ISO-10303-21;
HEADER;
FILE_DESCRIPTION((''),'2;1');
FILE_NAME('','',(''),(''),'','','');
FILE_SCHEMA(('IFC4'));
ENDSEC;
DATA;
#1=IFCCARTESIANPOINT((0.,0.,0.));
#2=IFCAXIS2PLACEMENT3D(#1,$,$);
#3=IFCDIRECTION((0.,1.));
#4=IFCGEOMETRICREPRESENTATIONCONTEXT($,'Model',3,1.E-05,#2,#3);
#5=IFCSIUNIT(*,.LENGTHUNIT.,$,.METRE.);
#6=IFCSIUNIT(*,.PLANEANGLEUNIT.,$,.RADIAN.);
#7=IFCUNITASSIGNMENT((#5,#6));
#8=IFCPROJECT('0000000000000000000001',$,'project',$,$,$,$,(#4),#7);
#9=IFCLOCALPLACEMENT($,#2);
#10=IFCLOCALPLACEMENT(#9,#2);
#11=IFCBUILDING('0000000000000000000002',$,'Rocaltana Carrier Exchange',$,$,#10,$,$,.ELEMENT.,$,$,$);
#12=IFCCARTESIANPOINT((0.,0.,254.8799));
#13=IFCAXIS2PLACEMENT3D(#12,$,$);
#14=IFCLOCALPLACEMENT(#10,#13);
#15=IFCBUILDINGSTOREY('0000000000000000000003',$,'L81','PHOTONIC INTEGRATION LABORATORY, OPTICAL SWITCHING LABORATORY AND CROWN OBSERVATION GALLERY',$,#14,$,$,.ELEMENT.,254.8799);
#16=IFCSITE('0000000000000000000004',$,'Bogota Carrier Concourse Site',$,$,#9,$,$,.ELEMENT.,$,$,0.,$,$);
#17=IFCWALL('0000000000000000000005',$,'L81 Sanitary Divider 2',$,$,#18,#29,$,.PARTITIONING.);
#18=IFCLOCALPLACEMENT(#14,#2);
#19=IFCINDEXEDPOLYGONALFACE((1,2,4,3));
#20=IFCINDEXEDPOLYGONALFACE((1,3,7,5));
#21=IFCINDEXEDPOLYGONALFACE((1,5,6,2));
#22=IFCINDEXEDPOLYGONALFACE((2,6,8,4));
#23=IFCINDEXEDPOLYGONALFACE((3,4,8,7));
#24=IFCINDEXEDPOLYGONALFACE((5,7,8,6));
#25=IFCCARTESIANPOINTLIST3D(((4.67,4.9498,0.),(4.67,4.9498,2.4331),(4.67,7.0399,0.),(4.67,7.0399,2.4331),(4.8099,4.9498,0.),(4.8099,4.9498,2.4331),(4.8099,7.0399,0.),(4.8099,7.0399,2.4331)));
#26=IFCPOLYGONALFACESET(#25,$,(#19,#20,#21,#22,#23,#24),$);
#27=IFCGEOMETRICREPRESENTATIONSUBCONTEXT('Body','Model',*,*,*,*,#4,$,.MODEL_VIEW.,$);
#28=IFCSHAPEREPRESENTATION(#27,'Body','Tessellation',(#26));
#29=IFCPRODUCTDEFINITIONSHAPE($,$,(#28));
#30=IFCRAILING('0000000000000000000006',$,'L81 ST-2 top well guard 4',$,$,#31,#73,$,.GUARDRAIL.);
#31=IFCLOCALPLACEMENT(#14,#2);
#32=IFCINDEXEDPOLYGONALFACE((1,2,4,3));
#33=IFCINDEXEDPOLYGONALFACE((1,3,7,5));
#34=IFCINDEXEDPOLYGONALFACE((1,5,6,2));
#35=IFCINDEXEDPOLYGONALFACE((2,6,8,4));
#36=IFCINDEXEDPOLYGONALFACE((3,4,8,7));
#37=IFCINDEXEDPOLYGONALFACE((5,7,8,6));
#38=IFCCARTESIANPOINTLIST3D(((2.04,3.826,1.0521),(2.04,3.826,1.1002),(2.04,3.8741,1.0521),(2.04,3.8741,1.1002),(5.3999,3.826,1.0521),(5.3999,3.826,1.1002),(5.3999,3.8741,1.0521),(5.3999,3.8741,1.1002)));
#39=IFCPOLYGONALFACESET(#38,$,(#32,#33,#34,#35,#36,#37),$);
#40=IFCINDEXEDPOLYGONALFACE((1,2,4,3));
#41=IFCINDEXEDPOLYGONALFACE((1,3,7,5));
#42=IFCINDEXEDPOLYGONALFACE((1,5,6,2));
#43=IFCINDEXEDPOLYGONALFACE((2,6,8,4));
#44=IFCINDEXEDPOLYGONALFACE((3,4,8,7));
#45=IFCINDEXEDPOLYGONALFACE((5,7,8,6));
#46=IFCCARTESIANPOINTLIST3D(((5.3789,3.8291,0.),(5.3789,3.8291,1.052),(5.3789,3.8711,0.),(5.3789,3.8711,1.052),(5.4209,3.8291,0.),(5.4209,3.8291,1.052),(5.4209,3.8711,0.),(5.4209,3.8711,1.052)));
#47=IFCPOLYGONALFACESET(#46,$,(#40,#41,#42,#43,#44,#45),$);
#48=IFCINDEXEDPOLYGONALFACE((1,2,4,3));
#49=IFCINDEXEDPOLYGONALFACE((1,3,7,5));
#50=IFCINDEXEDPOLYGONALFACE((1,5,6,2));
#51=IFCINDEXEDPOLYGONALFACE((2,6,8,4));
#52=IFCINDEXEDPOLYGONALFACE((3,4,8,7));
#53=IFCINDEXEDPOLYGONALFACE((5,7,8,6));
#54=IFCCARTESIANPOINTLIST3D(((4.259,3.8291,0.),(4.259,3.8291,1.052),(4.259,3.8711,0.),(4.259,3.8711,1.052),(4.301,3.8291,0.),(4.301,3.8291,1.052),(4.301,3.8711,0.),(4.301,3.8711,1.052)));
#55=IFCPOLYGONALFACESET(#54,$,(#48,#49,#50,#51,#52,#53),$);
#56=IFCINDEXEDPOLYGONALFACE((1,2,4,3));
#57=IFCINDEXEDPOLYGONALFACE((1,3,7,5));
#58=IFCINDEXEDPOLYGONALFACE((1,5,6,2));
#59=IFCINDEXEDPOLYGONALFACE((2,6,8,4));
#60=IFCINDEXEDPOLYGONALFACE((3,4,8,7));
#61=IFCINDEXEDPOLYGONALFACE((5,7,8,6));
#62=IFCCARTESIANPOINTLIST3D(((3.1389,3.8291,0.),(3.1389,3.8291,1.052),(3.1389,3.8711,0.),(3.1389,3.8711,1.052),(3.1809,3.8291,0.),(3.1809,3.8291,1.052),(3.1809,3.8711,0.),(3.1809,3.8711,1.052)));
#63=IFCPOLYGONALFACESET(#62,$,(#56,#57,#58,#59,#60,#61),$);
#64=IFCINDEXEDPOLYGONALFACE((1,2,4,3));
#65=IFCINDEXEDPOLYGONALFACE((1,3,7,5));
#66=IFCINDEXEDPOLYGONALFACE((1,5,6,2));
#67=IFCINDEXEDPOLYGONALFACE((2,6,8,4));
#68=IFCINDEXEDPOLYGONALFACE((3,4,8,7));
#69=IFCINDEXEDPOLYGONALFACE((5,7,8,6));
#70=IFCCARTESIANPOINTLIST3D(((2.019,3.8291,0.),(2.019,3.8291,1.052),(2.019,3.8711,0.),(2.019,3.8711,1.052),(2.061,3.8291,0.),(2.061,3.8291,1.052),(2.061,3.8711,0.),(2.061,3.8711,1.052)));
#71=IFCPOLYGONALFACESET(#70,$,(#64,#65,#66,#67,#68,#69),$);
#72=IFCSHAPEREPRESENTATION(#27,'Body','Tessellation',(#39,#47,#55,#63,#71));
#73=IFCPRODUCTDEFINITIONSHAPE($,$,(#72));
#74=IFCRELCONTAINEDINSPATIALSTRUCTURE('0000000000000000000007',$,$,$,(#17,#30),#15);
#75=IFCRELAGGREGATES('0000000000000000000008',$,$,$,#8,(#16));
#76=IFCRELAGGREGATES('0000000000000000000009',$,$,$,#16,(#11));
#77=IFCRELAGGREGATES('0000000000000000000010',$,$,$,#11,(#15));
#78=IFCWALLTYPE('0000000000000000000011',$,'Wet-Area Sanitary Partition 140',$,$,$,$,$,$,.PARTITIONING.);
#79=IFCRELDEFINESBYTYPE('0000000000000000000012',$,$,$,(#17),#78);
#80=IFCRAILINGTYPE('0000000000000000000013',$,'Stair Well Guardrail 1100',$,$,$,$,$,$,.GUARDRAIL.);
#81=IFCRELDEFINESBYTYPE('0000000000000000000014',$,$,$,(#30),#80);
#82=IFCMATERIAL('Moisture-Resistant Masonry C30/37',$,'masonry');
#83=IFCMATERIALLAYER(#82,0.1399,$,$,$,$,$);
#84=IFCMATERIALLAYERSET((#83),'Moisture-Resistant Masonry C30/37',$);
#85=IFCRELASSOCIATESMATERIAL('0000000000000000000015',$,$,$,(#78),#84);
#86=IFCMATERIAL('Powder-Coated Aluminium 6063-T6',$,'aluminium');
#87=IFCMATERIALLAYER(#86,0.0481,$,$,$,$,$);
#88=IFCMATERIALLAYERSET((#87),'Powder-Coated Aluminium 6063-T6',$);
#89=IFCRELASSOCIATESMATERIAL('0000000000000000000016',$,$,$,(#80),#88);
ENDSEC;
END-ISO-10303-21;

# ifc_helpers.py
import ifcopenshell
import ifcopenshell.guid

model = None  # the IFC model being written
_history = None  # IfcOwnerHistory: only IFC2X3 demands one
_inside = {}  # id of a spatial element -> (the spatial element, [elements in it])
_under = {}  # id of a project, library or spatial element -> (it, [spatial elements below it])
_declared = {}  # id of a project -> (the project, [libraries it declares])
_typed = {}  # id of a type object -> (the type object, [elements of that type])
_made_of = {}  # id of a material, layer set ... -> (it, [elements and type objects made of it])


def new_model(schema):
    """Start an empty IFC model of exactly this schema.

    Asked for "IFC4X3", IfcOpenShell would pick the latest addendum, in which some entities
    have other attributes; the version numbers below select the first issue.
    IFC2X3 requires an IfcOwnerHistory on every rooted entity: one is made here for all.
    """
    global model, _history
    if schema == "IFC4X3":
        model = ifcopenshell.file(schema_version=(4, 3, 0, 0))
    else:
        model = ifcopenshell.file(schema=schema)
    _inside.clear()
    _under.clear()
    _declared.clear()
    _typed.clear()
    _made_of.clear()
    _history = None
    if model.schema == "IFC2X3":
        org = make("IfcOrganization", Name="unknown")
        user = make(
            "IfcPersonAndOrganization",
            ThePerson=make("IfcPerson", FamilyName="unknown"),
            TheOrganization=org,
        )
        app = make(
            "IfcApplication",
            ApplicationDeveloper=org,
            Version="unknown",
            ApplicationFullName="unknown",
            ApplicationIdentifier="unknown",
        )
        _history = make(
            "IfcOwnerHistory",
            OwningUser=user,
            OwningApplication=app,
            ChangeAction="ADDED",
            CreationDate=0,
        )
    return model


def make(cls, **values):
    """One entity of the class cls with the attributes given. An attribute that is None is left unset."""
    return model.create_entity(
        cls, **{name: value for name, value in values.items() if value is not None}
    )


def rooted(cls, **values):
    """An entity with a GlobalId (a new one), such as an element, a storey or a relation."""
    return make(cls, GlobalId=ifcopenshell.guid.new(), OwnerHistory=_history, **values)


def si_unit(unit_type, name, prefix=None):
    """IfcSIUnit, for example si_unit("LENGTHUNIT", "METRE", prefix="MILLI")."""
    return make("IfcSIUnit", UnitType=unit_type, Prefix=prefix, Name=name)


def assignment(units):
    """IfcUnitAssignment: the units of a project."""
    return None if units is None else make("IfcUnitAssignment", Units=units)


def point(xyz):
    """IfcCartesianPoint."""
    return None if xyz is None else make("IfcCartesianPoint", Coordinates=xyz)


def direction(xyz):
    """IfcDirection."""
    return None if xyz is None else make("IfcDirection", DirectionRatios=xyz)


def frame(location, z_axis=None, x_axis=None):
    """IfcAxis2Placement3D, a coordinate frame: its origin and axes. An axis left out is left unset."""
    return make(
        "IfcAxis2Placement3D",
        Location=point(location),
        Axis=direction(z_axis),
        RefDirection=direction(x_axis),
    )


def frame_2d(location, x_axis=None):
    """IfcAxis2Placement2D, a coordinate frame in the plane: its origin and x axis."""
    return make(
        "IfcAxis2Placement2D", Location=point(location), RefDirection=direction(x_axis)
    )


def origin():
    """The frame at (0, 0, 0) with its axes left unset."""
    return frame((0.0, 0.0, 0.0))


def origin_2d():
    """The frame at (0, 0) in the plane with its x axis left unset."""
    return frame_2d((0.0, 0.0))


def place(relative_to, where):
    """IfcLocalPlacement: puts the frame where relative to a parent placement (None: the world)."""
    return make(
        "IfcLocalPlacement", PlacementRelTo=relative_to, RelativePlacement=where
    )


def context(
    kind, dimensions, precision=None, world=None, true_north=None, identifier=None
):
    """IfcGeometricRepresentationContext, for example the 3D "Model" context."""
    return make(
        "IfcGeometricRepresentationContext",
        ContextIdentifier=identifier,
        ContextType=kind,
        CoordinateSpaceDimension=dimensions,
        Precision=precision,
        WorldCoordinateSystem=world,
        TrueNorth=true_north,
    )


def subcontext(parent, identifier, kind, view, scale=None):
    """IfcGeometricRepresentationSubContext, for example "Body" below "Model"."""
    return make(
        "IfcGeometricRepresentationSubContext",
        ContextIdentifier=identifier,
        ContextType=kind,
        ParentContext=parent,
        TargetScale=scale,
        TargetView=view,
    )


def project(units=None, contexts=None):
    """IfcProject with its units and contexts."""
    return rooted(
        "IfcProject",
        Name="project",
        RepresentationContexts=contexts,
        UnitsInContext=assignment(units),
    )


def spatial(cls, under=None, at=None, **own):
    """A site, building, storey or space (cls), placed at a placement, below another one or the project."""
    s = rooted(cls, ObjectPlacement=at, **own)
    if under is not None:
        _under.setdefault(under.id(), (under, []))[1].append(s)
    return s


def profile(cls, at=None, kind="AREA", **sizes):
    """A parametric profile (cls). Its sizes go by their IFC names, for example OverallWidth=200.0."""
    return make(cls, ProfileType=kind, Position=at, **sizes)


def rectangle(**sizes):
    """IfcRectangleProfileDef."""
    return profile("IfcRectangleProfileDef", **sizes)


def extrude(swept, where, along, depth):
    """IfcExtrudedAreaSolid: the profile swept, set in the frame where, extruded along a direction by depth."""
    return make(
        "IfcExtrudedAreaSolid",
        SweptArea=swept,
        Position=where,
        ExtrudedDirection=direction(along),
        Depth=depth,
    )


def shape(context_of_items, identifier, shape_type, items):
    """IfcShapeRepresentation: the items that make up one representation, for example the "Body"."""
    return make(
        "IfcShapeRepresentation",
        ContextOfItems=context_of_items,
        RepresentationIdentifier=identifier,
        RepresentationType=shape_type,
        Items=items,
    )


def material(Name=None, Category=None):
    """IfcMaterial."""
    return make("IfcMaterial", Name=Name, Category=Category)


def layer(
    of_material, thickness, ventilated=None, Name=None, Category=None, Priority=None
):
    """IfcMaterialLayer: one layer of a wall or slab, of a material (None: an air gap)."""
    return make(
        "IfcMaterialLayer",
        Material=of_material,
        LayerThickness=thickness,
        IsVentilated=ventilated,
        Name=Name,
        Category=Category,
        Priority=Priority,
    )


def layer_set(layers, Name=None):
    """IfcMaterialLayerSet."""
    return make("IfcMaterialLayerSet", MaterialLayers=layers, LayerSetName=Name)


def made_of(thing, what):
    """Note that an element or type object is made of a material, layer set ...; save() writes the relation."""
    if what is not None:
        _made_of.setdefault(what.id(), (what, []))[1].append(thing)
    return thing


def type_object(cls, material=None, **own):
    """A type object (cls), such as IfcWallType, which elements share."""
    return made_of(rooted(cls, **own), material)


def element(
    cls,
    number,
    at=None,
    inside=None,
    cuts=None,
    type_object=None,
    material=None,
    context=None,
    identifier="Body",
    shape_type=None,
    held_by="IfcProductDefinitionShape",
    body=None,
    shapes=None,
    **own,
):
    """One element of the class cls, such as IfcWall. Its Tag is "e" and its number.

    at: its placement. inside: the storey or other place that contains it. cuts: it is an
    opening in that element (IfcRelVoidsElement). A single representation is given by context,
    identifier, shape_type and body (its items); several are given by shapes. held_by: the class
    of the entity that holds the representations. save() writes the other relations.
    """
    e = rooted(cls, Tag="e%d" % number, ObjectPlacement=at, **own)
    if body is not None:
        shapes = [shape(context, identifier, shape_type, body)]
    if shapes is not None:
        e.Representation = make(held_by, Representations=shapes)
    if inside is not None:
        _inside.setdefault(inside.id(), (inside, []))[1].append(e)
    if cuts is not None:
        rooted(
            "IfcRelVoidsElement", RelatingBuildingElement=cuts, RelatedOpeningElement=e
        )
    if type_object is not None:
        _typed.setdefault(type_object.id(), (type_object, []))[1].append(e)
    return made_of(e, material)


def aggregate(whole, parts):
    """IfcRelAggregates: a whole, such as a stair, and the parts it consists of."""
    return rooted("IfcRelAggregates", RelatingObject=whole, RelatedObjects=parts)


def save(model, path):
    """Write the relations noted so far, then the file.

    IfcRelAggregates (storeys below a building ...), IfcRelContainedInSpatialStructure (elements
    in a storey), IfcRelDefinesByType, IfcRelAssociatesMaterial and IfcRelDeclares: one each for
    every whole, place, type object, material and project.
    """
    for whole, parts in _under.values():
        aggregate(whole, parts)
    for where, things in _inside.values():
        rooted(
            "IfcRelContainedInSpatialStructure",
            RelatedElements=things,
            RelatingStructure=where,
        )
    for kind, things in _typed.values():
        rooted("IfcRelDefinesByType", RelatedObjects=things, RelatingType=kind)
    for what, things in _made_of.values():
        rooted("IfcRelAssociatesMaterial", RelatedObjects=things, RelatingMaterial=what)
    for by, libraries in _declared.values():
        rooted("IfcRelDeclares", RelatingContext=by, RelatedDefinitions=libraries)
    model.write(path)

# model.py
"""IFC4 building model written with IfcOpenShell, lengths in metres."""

from ifc_helpers import new_model, si_unit, direction, frame, frame_2d, origin, origin_2d, place, context, subcontext, project, spatial, rectangle, extrude, material, layer, layer_set, type_object, element, save


model = new_model("IFC4")

# Units and contexts
model_context = context("Model", 3, precision=1e-05, world=origin(), true_north=direction((0.0, 1.0)))
body_context = subcontext(model_context, "Body", "Model", "MODEL_VIEW")
ifc_project = project(units=[si_unit("LENGTHUNIT", "METRE"), si_unit("PLANEANGLEUNIT", "RADIAN")], contexts=[model_context])

# Site, building, storey
site_placement = place(None, origin())
site = spatial("IfcSite", under=ifc_project, at=site_placement, Name="Bogota Carrier Concourse Site", CompositionType="ELEMENT", RefElevation=0.0)
building_placement = place(site_placement, origin())
building = spatial("IfcBuilding", under=site, at=building_placement, Name="Rocaltana Carrier Exchange", CompositionType="ELEMENT")
storey_placement = place(building_placement, frame((0.0, 0.0, 254.8799)))
storey = spatial("IfcBuildingStorey", under=building, at=storey_placement, Name="L81", Description="PHOTONIC INTEGRATION LABORATORY, OPTICAL SWITCHING LABORATORY AND CROWN OBSERVATION GALLERY", CompositionType="ELEMENT", Elevation=254.8799)

# Shared definitions
ifc_material_1 = material(Name="Moisture-Resistant Masonry C30/37", Category="masonry")
ifc_layer_1 = layer(ifc_material_1, 0.1399)
ifc_layer_set_1 = layer_set([ifc_layer_1], Name="Moisture-Resistant Masonry C30/37")
wall_type_1 = type_object("IfcWallType", Name="Wet-Area Sanitary Partition 140", PredefinedType="PARTITIONING", material=ifc_layer_set_1)

# Wall
for number, where, z_axis, x_axis, name in (
    (1, (4.74, 4.95, 0.0), (0.0, 0.0, 1.0), (0.0, 1.0, 0.0), "L81 Sanitary Divider 2"),
):
    element("IfcWall", number, at=place(storey_placement, frame(where, z_axis=z_axis, x_axis=x_axis)), inside=storey, type_object=wall_type_1, Name=name, PredefinedType="PARTITIONING", context=body_context, shape_type="SweptSolid", body=[
        extrude(rectangle(XDim=2.0901, YDim=0.1399, at=frame_2d((1.0449, 0.0))), origin(), (0.0, 0.0, 1.0), 2.4331),
    ])

# Railing
ifc_material_2 = material(Name="Powder-Coated Aluminium 6063-T6", Category="aluminium")
ifc_layer_2 = layer(ifc_material_2, 0.0481)
ifc_layer_set_2 = layer_set([ifc_layer_2], Name="Powder-Coated Aluminium 6063-T6")
railing_type = type_object("IfcRailingType", Name="Stair Well Guardrail 1100", PredefinedType="GUARDRAIL", material=ifc_layer_set_2)
railing_placement = place(storey_placement, frame((5.3999, 3.8501, 0.0)))
element("IfcRailing", 2, at=railing_placement, inside=storey, type_object=railing_type, Name="L81 ST-2 top well guard 4", PredefinedType="GUARDRAIL", context=body_context, shape_type="SweptSolid", body=[
    extrude(rectangle(XDim=0.0481, YDim=0.0481, at=origin_2d()), frame((0.0, 0.0, 1.0762), z_axis=(-1.0, 0.0, 0.0), x_axis=(0.0, -1.0, 0.0)), (0.0, 0.0, 1.0), 3.3599),
    extrude(rectangle(XDim=0.042, YDim=0.042, at=origin_2d()), origin(), (0.0, 0.0, 1.0), 1.052),
    extrude(rectangle(XDim=0.042, YDim=0.042, at=origin_2d()), frame((-1.1199, 0.0, 0.0)), (0.0, 0.0, 1.0), 1.052),
    extrude(rectangle(XDim=0.042, YDim=0.042, at=origin_2d()), frame((-2.24, 0.0, 0.0)), (0.0, 0.0, 1.0), 1.052),
    extrude(rectangle(XDim=0.042, YDim=0.042, at=origin_2d()), frame((-3.3599, 0.0, 0.0)), (0.0, 0.0, 1.0), 1.052),
])

save(model, "model.ifc")
